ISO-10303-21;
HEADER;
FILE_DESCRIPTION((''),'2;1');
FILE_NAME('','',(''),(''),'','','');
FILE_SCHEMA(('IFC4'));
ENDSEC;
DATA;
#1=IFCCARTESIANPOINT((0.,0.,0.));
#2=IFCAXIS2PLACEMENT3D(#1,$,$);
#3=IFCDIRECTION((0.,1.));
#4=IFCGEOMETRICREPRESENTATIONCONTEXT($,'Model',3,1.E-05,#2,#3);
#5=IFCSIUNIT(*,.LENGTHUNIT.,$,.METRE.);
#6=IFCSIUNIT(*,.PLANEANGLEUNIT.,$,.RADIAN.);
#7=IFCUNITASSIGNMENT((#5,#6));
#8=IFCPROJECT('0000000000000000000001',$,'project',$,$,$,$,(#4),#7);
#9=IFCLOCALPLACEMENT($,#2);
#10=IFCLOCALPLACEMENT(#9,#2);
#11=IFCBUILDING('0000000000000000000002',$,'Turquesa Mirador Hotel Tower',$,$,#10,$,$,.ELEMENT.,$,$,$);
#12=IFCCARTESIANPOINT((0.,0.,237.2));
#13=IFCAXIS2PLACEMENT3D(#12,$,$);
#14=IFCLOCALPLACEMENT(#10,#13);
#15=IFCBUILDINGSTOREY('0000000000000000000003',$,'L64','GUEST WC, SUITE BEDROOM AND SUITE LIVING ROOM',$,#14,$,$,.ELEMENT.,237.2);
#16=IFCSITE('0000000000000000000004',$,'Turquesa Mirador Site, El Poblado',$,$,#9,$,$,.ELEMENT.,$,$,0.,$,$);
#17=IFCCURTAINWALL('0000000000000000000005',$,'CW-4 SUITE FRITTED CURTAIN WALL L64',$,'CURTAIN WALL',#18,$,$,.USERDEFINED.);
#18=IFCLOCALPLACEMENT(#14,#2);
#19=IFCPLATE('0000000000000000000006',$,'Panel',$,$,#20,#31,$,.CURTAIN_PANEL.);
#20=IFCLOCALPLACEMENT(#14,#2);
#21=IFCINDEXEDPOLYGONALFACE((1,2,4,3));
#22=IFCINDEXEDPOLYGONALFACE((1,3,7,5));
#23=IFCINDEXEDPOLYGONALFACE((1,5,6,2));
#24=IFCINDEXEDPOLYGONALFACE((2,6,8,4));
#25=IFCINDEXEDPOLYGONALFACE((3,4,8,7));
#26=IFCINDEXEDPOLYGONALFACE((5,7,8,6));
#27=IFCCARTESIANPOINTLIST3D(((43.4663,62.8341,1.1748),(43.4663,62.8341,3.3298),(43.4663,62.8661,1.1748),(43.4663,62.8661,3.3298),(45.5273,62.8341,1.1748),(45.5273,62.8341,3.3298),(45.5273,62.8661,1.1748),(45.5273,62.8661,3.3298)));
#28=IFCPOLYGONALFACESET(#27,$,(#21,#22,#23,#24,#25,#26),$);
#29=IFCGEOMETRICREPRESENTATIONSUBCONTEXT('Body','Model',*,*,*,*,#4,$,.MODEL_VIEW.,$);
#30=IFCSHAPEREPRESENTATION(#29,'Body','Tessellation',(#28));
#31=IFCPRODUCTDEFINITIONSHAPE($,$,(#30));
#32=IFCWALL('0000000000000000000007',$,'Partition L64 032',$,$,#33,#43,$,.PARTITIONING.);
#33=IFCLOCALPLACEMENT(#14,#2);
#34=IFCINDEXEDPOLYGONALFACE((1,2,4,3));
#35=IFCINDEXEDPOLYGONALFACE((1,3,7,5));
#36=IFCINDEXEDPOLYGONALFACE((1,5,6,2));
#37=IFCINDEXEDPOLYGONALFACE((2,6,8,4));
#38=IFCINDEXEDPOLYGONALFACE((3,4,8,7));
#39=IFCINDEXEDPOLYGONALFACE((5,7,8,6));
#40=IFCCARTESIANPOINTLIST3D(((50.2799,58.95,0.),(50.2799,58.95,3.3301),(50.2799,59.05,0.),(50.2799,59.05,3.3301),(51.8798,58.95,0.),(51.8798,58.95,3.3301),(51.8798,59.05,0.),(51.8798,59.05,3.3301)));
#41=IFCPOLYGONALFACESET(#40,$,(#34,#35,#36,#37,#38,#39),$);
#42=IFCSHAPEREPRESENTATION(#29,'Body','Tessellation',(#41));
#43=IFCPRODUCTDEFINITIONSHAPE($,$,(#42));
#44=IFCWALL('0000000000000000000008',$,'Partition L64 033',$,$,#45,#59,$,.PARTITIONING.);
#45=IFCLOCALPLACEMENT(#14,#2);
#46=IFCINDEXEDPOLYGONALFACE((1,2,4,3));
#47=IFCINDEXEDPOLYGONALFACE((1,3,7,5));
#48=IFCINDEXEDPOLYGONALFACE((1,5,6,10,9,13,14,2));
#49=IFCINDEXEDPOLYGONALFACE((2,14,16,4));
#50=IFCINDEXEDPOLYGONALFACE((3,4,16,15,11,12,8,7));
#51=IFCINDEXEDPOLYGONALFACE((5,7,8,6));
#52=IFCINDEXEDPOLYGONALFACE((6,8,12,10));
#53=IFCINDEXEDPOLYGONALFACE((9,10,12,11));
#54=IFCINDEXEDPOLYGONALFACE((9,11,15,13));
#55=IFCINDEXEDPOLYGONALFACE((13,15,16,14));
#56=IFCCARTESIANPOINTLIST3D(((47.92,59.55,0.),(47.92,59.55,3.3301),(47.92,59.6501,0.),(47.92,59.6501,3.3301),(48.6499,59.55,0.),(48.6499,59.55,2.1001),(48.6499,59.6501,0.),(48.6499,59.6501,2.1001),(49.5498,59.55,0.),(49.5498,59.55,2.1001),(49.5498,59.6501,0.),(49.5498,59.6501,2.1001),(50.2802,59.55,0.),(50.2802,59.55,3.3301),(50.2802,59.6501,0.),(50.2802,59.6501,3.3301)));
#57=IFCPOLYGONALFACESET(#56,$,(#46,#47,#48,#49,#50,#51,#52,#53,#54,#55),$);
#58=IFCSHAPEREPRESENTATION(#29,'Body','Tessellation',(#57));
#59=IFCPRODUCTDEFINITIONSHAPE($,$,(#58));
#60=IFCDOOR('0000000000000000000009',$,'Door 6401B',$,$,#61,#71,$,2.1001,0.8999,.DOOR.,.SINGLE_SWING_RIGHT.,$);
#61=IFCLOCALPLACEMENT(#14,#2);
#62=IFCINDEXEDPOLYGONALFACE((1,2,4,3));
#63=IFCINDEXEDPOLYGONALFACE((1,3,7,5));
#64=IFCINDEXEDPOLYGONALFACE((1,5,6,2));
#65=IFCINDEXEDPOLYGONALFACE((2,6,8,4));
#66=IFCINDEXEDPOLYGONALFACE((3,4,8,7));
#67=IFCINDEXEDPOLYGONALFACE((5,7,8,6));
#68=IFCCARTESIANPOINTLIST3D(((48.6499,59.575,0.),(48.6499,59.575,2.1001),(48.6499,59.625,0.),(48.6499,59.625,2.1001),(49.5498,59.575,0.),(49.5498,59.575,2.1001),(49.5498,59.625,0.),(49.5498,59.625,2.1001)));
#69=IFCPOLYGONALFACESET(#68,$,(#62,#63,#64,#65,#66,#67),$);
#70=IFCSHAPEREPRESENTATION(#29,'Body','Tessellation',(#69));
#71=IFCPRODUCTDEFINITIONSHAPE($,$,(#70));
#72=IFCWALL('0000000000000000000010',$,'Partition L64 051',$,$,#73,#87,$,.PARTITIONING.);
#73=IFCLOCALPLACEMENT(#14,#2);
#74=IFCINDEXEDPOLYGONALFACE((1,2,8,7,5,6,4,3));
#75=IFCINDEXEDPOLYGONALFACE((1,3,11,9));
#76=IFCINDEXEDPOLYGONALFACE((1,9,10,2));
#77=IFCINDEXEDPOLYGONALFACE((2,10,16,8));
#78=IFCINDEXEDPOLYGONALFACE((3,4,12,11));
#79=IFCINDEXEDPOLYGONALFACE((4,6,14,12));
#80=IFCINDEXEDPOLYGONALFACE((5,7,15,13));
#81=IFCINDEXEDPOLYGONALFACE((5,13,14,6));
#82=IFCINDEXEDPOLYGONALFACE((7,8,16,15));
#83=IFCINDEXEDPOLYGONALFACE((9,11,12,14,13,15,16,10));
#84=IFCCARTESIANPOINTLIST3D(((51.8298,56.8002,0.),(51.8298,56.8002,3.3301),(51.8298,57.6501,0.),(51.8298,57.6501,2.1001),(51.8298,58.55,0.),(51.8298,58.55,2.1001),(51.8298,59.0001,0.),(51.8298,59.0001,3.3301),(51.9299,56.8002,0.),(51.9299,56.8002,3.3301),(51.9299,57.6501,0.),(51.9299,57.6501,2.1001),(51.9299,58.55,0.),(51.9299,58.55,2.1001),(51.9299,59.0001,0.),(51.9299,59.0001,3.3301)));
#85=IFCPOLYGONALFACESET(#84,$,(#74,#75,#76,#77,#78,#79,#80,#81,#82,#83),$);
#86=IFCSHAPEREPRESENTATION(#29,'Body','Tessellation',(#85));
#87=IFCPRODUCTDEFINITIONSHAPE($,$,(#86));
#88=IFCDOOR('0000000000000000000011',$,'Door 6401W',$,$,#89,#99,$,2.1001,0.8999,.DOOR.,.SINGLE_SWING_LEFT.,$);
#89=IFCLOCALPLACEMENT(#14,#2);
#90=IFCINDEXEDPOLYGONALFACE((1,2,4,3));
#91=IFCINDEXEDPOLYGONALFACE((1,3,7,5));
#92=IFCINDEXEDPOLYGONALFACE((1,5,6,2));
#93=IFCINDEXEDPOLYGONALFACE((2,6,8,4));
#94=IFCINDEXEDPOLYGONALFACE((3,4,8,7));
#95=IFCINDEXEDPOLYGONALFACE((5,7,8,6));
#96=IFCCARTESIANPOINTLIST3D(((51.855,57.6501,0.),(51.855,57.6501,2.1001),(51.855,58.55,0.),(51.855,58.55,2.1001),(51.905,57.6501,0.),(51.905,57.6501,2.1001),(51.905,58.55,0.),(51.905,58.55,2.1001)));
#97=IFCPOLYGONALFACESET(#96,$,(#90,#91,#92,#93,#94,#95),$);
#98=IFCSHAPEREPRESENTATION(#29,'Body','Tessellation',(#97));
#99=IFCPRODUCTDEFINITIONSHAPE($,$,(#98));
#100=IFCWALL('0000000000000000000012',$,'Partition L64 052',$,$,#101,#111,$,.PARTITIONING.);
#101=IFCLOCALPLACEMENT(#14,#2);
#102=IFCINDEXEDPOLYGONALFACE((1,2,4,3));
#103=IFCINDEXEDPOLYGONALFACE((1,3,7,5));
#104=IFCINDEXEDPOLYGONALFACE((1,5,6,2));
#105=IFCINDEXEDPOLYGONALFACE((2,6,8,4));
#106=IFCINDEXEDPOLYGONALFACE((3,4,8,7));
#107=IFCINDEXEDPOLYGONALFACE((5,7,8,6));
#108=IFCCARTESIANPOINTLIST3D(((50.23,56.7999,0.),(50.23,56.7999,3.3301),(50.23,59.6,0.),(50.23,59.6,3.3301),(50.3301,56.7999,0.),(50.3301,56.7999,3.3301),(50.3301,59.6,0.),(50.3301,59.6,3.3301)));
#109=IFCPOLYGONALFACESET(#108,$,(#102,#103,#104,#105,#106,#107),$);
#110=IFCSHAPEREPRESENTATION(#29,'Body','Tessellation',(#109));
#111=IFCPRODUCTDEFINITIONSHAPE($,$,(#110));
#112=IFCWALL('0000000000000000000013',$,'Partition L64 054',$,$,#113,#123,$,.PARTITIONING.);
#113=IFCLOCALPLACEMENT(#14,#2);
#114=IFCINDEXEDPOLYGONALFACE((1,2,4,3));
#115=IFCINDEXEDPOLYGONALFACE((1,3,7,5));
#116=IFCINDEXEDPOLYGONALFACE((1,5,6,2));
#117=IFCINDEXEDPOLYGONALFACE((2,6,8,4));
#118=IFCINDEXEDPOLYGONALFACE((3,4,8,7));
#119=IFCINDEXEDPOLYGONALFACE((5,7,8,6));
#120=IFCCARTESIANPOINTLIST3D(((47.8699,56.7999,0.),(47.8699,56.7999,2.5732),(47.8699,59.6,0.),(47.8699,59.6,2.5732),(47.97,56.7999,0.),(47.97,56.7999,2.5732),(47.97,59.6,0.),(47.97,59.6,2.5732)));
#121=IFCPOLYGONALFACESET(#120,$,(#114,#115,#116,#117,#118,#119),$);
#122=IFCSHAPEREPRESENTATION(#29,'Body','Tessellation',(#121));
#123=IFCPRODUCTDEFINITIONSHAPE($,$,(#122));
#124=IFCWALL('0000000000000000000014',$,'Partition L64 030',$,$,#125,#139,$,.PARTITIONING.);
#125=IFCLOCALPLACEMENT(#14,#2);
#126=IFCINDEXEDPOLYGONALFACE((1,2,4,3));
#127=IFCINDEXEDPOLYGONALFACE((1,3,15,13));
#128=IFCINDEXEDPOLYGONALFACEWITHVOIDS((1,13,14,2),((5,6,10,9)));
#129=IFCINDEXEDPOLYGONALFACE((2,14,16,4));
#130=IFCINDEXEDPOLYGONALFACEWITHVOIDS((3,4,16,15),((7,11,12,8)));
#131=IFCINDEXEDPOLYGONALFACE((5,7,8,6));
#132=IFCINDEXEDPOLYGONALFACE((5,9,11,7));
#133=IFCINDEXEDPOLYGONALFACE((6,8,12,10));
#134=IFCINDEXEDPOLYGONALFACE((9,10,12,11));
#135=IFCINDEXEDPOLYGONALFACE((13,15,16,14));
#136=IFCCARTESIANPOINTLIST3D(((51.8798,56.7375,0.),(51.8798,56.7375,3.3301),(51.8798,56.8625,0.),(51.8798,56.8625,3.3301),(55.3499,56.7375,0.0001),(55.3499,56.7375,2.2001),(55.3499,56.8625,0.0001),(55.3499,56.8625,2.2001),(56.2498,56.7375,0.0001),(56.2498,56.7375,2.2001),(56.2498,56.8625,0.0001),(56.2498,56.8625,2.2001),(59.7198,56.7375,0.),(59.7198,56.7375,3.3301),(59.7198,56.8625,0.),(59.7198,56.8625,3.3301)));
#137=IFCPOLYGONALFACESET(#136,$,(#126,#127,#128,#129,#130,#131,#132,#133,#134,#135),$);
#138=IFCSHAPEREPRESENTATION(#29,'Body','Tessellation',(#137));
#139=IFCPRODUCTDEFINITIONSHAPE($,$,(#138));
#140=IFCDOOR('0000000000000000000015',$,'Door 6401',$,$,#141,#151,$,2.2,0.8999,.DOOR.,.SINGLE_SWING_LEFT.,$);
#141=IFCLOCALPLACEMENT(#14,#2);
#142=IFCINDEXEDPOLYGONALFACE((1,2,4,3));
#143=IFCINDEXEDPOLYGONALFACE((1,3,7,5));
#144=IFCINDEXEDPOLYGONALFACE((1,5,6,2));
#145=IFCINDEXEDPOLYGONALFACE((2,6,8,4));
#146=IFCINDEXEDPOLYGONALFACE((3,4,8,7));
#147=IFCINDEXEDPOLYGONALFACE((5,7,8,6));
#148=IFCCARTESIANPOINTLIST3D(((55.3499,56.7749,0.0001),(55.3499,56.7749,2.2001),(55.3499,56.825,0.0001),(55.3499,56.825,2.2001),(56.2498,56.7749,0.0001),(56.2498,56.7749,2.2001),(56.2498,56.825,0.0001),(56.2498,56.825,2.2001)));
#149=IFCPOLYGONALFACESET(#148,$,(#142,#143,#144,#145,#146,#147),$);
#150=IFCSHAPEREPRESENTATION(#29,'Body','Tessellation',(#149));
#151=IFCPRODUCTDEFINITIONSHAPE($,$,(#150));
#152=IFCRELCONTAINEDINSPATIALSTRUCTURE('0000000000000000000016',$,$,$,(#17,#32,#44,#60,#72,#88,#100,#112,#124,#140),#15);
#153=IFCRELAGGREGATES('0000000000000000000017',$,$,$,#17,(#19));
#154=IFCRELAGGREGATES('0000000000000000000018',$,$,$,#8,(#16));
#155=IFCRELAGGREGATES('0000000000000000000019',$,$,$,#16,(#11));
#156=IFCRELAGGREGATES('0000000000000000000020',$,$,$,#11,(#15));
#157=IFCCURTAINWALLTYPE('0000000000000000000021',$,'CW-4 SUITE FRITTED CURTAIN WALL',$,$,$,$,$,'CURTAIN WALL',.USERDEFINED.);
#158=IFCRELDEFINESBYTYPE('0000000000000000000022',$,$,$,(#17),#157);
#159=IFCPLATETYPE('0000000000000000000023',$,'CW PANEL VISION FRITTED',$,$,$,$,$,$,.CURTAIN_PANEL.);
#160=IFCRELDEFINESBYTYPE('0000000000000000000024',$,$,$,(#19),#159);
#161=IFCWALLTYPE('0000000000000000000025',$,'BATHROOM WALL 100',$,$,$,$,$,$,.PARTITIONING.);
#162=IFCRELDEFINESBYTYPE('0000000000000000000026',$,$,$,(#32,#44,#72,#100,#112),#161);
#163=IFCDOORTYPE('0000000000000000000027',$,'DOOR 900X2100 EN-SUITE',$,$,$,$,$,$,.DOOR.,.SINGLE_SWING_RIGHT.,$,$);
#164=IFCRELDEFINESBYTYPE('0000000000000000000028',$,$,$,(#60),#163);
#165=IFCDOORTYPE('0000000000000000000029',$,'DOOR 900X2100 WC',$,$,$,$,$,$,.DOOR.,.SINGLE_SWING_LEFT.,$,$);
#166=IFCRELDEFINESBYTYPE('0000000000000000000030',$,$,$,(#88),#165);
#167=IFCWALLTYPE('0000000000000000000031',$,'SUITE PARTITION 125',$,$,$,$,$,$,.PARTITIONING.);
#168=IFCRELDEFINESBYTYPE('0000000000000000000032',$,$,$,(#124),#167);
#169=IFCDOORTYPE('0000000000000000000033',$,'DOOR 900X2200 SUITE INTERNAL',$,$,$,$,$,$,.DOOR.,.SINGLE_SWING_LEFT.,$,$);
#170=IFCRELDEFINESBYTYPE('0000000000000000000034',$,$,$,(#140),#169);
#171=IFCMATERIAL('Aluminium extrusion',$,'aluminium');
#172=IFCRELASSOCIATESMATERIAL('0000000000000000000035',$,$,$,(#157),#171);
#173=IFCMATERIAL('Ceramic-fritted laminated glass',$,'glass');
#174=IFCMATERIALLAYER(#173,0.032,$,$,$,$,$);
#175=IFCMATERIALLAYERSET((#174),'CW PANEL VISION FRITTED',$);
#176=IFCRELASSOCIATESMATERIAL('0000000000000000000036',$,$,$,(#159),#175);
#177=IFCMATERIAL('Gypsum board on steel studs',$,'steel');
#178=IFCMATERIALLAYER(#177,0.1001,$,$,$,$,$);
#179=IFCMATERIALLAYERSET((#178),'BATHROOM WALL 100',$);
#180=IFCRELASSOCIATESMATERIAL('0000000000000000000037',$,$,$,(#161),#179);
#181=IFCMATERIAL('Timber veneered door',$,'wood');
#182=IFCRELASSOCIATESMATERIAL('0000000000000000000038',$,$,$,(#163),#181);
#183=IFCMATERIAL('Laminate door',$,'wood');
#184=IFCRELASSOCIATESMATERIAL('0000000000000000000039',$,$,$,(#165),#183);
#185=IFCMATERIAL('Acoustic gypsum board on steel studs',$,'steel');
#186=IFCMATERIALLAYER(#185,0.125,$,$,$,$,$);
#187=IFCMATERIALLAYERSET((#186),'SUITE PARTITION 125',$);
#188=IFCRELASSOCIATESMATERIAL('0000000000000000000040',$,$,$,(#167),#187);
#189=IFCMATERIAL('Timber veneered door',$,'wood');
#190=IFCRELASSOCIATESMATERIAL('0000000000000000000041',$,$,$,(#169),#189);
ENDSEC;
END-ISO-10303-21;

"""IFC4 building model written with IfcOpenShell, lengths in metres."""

from ifc_helpers import new_model, si_unit, direction, frame, frame_2d, origin, origin_2d, place, context, subcontext, project, spatial, rectangle, extrude, material, layer, layer_set, type_object, element, fill, aggregate, save


model = new_model("IFC4")

# Units and contexts
model_context = context("Model", 3, precision=1e-05, world=origin(), true_north=direction((0.0, 1.0)))
body_context = subcontext(model_context, "Body", "Model", "MODEL_VIEW")
ifc_project = project(units=[si_unit("LENGTHUNIT", "METRE"), si_unit("PLANEANGLEUNIT", "RADIAN")], contexts=[model_context])

# Site, building, storey
site_placement = place(None, origin())
site = spatial("IfcSite", under=ifc_project, at=site_placement, Name="Turquesa Mirador Site, El Poblado", CompositionType="ELEMENT", RefElevation=0.0)
building_placement = place(site_placement, origin())
building = spatial("IfcBuilding", under=site, at=building_placement, Name="Turquesa Mirador Hotel Tower", CompositionType="ELEMENT")
storey_placement = place(building_placement, frame((0.0, 0.0, 237.2)))
storey = spatial("IfcBuildingStorey", under=building, at=storey_placement, Name="L64", Description="GUEST WC, SUITE BEDROOM AND SUITE LIVING ROOM", CompositionType="ELEMENT", Elevation=237.2)

# Curtain wall
ifc_material_1 = material(Name="Aluminium extrusion", Category="aluminium")
curtain_wall_type = type_object("IfcCurtainWallType", Name="CW-4 SUITE FRITTED CURTAIN WALL", ElementType="CURTAIN WALL", PredefinedType="USERDEFINED", material=ifc_material_1)
curtain_wall_1_placement = place(storey_placement, origin())
curtain_wall_1 = element("IfcCurtainWall", 1, at=curtain_wall_1_placement, inside=storey, type_object=curtain_wall_type, Name="CW-4 SUITE FRITTED CURTAIN WALL L64", ObjectType="CURTAIN WALL", PredefinedType="USERDEFINED")

# Plate
ifc_material_2 = material(Name="Ceramic-fritted laminated glass", Category="glass")
ifc_layer_1 = layer(ifc_material_2, 0.032)
ifc_layer_set_1 = layer_set([ifc_layer_1], Name="CW PANEL VISION FRITTED")
plate_type_1 = type_object("IfcPlateType", Name="CW PANEL VISION FRITTED", PredefinedType="CURTAIN_PANEL", material=ifc_layer_set_1)
plate_1_placement = place(storey_placement, frame((44.4968, 62.8501, 1.1748), z_axis=(0.0, 0.0, 1.0), x_axis=(-1.0, 0.0, 0.0)))
plate_1 = element("IfcPlate", 2, at=plate_1_placement, type_object=plate_type_1, Name="Panel", PredefinedType="CURTAIN_PANEL", context=body_context, shape_type="SweptSolid", body=[
    extrude(rectangle(XDim=2.061, YDim=0.032, at=origin_2d()), origin(), (0.0, 0.0, 1.0), 2.155),
])
aggregate(curtain_wall_1, [plate_1])

# Wall
ifc_material_3 = material(Name="Gypsum board on steel studs", Category="steel")
ifc_layer_2 = layer(ifc_material_3, 0.1001)
ifc_layer_set_2 = layer_set([ifc_layer_2], Name="BATHROOM WALL 100")
wall_type_1 = type_object("IfcWallType", Name="BATHROOM WALL 100", PredefinedType="PARTITIONING", material=ifc_layer_set_2)
wall_1_placement = place(storey_placement, frame((50.28, 59.0, 0.0), z_axis=(0.0, 0.0, 1.0), x_axis=(1.0, 0.0, 0.0)))
element("IfcWall", 3, at=wall_1_placement, inside=storey, type_object=wall_type_1, Name="Partition L64 032", PredefinedType="PARTITIONING", context=body_context, shape_type="SweptSolid", body=[
    extrude(rectangle(XDim=1.5999, YDim=0.1001, at=frame_2d((0.7998, 0.0))), origin(), (0.0, 0.0, 1.0), 3.3301),
])

# Walls, openings, doors
wall_2_placement = place(storey_placement, frame((47.9199, 59.6001, 0.0), z_axis=(0.0, 0.0, 1.0), x_axis=(1.0, 0.0, 0.0)))
wall_2 = element("IfcWall", 4, at=wall_2_placement, inside=storey, type_object=wall_type_1, Name="Partition L64 033", PredefinedType="PARTITIONING", context=body_context, shape_type="SweptSolid", body=[
    extrude(rectangle(XDim=2.3601, YDim=0.1001, at=frame_2d((1.1802, 0.0))), origin(), (0.0, 0.0, 1.0), 3.3301),
])
opening_1_placement = place(wall_2_placement, frame((0.73, 0.0, 0.0)))
opening_1 = element("IfcOpeningElement", 5, at=opening_1_placement, cuts=wall_2, PredefinedType="OPENING", context=body_context, shape_type="SweptSolid", body=[
    extrude(rectangle(XDim=0.8999, YDim=2.1001, at=frame_2d((0.45, 1.05))), frame((0.0, 0.0601, 0.0), z_axis=(0.0, -1.0, 0.0), x_axis=(1.0, 0.0, 0.0)), (0.0, 0.0, 1.0), 0.1201),
])
ifc_material_4 = material(Name="Timber veneered door", Category="wood")
door_type_1 = type_object("IfcDoorType", Name="DOOR 900X2100 EN-SUITE", OperationType="SINGLE_SWING_RIGHT", PredefinedType="DOOR", material=ifc_material_4)
door_1_placement = place(opening_1_placement, origin())
door_1 = element("IfcDoor", 6, at=door_1_placement, inside=storey, type_object=door_type_1, Name="Door 6401B", OperationType="SINGLE_SWING_RIGHT", OverallHeight=2.1001, OverallWidth=0.8999, PredefinedType="DOOR", context=body_context, shape_type="SweptSolid", body=[
    extrude(rectangle(XDim=0.8999, YDim=2.1001, at=frame_2d((0.45, 1.05))), frame((0.0, 0.0249, 0.0), z_axis=(0.0, -1.0, 0.0), x_axis=(1.0, 0.0, 0.0)), (0.0, 0.0, 1.0), 0.05),
])
fill(opening_1, door_1)
wall_3_placement = place(storey_placement, frame((51.8799, 56.8, 0.0), z_axis=(0.0, 0.0, 1.0), x_axis=(0.0, 1.0, 0.0)))
wall_3 = element("IfcWall", 7, at=wall_3_placement, inside=storey, type_object=wall_type_1, Name="Partition L64 051", PredefinedType="PARTITIONING", context=body_context, shape_type="SweptSolid", body=[
    extrude(rectangle(XDim=2.2, YDim=0.1001, at=frame_2d((1.1001, 0.0))), origin(), (0.0, 0.0, 1.0), 3.3301),
])
opening_2_placement = place(wall_3_placement, frame((0.8501, 0.0, 0.0)))
opening_2 = element("IfcOpeningElement", 8, at=opening_2_placement, cuts=wall_3, PredefinedType="OPENING", context=body_context, shape_type="SweptSolid", body=[
    extrude(rectangle(XDim=0.8999, YDim=2.1001, at=frame_2d((0.45, 1.05))), frame((0.0, 0.0601, 0.0), z_axis=(0.0, -1.0, 0.0), x_axis=(1.0, 0.0, 0.0)), (0.0, 0.0, 1.0), 0.1201),
])
ifc_material_5 = material(Name="Laminate door", Category="wood")
door_type_2 = type_object("IfcDoorType", Name="DOOR 900X2100 WC", OperationType="SINGLE_SWING_LEFT", PredefinedType="DOOR", material=ifc_material_5)
door_2_placement = place(opening_2_placement, origin())
door_2 = element("IfcDoor", 9, at=door_2_placement, inside=storey, type_object=door_type_2, Name="Door 6401W", OperationType="SINGLE_SWING_LEFT", OverallHeight=2.1001, OverallWidth=0.8999, PredefinedType="DOOR", context=body_context, shape_type="SweptSolid", body=[
    extrude(rectangle(XDim=0.8999, YDim=2.1001, at=frame_2d((0.45, 1.05))), frame((0.0, 0.0249, 0.0), z_axis=(0.0, -1.0, 0.0), x_axis=(1.0, 0.0, 0.0)), (0.0, 0.0, 1.0), 0.05),
])
fill(opening_2, door_2)

# Walls
wall_4_placement = place(storey_placement, frame((50.28, 56.8, 0.0), z_axis=(0.0, 0.0, 1.0), x_axis=(0.0, 1.0, 0.0)))
element("IfcWall", 10, at=wall_4_placement, inside=storey, type_object=wall_type_1, Name="Partition L64 052", PredefinedType="PARTITIONING", context=body_context, shape_type="SweptSolid", body=[
    extrude(rectangle(XDim=2.8, YDim=0.1001, at=frame_2d((1.3999, 0.0))), origin(), (0.0, 0.0, 1.0), 3.3301),
])
wall_5_placement = place(storey_placement, frame((47.9199, 56.8, 0.0), z_axis=(0.0, 0.0, 1.0), x_axis=(0.0, 1.0, 0.0)))
element("IfcWall", 11, at=wall_5_placement, inside=storey, type_object=wall_type_1, Name="Partition L64 054", PredefinedType="PARTITIONING", context=body_context, shape_type="SweptSolid", body=[
    extrude(rectangle(XDim=2.8, YDim=0.1001, at=frame_2d((1.3999, 0.0))), origin(), (0.0, 0.0, 1.0), 2.5732),
])

# Wall, opening, door
ifc_material_6 = material(Name="Acoustic gypsum board on steel studs", Category="steel")
ifc_layer_3 = layer(ifc_material_6, 0.125)
ifc_layer_set_3 = layer_set([ifc_layer_3], Name="SUITE PARTITION 125")
wall_type_2 = type_object("IfcWallType", Name="SUITE PARTITION 125", PredefinedType="PARTITIONING", material=ifc_layer_set_3)
wall_6_placement = place(storey_placement, frame((51.8799, 56.8, 0.0), z_axis=(0.0, 0.0, 1.0), x_axis=(1.0, 0.0, 0.0)))
wall_6 = element("IfcWall", 12, at=wall_6_placement, inside=storey, type_object=wall_type_2, Name="Partition L64 030", PredefinedType="PARTITIONING", context=body_context, shape_type="SweptSolid", body=[
    extrude(rectangle(XDim=7.8401, YDim=0.125, at=frame_2d((3.9199, 0.0))), origin(), (0.0, 0.0, 1.0), 3.3301),
])
opening_3_placement = place(wall_6_placement, frame((3.47, 0.0, 0.0)))
opening_3 = element("IfcOpeningElement", 13, at=opening_3_placement, cuts=wall_6, PredefinedType="OPENING", context=body_context, shape_type="SweptSolid", body=[
    extrude(rectangle(XDim=0.8999, YDim=2.2, at=frame_2d((0.45, 1.1001))), frame((0.0, 0.0725, 0.0), z_axis=(0.0, -1.0, 0.0), x_axis=(1.0, 0.0, 0.0)), (0.0, 0.0, 1.0), 0.145),
])
ifc_material_7 = material(Name="Timber veneered door", Category="wood")
door_type_3 = type_object("IfcDoorType", Name="DOOR 900X2200 SUITE INTERNAL", OperationType="SINGLE_SWING_LEFT", PredefinedType="DOOR", material=ifc_material_7)
door_3_placement = place(opening_3_placement, origin())
door_3 = element("IfcDoor", 14, at=door_3_placement, inside=storey, type_object=door_type_3, Name="Door 6401", OperationType="SINGLE_SWING_LEFT", OverallHeight=2.2, OverallWidth=0.8999, PredefinedType="DOOR", context=body_context, shape_type="SweptSolid", body=[
    extrude(rectangle(XDim=0.8999, YDim=2.2, at=frame_2d((0.45, 1.1001))), frame((0.0, 0.0249, 0.0), z_axis=(0.0, -1.0, 0.0), x_axis=(1.0, 0.0, 0.0)), (0.0, 0.0, 1.0), 0.05),
])
fill(opening_3, door_3)

save(model, "model.ifc")
